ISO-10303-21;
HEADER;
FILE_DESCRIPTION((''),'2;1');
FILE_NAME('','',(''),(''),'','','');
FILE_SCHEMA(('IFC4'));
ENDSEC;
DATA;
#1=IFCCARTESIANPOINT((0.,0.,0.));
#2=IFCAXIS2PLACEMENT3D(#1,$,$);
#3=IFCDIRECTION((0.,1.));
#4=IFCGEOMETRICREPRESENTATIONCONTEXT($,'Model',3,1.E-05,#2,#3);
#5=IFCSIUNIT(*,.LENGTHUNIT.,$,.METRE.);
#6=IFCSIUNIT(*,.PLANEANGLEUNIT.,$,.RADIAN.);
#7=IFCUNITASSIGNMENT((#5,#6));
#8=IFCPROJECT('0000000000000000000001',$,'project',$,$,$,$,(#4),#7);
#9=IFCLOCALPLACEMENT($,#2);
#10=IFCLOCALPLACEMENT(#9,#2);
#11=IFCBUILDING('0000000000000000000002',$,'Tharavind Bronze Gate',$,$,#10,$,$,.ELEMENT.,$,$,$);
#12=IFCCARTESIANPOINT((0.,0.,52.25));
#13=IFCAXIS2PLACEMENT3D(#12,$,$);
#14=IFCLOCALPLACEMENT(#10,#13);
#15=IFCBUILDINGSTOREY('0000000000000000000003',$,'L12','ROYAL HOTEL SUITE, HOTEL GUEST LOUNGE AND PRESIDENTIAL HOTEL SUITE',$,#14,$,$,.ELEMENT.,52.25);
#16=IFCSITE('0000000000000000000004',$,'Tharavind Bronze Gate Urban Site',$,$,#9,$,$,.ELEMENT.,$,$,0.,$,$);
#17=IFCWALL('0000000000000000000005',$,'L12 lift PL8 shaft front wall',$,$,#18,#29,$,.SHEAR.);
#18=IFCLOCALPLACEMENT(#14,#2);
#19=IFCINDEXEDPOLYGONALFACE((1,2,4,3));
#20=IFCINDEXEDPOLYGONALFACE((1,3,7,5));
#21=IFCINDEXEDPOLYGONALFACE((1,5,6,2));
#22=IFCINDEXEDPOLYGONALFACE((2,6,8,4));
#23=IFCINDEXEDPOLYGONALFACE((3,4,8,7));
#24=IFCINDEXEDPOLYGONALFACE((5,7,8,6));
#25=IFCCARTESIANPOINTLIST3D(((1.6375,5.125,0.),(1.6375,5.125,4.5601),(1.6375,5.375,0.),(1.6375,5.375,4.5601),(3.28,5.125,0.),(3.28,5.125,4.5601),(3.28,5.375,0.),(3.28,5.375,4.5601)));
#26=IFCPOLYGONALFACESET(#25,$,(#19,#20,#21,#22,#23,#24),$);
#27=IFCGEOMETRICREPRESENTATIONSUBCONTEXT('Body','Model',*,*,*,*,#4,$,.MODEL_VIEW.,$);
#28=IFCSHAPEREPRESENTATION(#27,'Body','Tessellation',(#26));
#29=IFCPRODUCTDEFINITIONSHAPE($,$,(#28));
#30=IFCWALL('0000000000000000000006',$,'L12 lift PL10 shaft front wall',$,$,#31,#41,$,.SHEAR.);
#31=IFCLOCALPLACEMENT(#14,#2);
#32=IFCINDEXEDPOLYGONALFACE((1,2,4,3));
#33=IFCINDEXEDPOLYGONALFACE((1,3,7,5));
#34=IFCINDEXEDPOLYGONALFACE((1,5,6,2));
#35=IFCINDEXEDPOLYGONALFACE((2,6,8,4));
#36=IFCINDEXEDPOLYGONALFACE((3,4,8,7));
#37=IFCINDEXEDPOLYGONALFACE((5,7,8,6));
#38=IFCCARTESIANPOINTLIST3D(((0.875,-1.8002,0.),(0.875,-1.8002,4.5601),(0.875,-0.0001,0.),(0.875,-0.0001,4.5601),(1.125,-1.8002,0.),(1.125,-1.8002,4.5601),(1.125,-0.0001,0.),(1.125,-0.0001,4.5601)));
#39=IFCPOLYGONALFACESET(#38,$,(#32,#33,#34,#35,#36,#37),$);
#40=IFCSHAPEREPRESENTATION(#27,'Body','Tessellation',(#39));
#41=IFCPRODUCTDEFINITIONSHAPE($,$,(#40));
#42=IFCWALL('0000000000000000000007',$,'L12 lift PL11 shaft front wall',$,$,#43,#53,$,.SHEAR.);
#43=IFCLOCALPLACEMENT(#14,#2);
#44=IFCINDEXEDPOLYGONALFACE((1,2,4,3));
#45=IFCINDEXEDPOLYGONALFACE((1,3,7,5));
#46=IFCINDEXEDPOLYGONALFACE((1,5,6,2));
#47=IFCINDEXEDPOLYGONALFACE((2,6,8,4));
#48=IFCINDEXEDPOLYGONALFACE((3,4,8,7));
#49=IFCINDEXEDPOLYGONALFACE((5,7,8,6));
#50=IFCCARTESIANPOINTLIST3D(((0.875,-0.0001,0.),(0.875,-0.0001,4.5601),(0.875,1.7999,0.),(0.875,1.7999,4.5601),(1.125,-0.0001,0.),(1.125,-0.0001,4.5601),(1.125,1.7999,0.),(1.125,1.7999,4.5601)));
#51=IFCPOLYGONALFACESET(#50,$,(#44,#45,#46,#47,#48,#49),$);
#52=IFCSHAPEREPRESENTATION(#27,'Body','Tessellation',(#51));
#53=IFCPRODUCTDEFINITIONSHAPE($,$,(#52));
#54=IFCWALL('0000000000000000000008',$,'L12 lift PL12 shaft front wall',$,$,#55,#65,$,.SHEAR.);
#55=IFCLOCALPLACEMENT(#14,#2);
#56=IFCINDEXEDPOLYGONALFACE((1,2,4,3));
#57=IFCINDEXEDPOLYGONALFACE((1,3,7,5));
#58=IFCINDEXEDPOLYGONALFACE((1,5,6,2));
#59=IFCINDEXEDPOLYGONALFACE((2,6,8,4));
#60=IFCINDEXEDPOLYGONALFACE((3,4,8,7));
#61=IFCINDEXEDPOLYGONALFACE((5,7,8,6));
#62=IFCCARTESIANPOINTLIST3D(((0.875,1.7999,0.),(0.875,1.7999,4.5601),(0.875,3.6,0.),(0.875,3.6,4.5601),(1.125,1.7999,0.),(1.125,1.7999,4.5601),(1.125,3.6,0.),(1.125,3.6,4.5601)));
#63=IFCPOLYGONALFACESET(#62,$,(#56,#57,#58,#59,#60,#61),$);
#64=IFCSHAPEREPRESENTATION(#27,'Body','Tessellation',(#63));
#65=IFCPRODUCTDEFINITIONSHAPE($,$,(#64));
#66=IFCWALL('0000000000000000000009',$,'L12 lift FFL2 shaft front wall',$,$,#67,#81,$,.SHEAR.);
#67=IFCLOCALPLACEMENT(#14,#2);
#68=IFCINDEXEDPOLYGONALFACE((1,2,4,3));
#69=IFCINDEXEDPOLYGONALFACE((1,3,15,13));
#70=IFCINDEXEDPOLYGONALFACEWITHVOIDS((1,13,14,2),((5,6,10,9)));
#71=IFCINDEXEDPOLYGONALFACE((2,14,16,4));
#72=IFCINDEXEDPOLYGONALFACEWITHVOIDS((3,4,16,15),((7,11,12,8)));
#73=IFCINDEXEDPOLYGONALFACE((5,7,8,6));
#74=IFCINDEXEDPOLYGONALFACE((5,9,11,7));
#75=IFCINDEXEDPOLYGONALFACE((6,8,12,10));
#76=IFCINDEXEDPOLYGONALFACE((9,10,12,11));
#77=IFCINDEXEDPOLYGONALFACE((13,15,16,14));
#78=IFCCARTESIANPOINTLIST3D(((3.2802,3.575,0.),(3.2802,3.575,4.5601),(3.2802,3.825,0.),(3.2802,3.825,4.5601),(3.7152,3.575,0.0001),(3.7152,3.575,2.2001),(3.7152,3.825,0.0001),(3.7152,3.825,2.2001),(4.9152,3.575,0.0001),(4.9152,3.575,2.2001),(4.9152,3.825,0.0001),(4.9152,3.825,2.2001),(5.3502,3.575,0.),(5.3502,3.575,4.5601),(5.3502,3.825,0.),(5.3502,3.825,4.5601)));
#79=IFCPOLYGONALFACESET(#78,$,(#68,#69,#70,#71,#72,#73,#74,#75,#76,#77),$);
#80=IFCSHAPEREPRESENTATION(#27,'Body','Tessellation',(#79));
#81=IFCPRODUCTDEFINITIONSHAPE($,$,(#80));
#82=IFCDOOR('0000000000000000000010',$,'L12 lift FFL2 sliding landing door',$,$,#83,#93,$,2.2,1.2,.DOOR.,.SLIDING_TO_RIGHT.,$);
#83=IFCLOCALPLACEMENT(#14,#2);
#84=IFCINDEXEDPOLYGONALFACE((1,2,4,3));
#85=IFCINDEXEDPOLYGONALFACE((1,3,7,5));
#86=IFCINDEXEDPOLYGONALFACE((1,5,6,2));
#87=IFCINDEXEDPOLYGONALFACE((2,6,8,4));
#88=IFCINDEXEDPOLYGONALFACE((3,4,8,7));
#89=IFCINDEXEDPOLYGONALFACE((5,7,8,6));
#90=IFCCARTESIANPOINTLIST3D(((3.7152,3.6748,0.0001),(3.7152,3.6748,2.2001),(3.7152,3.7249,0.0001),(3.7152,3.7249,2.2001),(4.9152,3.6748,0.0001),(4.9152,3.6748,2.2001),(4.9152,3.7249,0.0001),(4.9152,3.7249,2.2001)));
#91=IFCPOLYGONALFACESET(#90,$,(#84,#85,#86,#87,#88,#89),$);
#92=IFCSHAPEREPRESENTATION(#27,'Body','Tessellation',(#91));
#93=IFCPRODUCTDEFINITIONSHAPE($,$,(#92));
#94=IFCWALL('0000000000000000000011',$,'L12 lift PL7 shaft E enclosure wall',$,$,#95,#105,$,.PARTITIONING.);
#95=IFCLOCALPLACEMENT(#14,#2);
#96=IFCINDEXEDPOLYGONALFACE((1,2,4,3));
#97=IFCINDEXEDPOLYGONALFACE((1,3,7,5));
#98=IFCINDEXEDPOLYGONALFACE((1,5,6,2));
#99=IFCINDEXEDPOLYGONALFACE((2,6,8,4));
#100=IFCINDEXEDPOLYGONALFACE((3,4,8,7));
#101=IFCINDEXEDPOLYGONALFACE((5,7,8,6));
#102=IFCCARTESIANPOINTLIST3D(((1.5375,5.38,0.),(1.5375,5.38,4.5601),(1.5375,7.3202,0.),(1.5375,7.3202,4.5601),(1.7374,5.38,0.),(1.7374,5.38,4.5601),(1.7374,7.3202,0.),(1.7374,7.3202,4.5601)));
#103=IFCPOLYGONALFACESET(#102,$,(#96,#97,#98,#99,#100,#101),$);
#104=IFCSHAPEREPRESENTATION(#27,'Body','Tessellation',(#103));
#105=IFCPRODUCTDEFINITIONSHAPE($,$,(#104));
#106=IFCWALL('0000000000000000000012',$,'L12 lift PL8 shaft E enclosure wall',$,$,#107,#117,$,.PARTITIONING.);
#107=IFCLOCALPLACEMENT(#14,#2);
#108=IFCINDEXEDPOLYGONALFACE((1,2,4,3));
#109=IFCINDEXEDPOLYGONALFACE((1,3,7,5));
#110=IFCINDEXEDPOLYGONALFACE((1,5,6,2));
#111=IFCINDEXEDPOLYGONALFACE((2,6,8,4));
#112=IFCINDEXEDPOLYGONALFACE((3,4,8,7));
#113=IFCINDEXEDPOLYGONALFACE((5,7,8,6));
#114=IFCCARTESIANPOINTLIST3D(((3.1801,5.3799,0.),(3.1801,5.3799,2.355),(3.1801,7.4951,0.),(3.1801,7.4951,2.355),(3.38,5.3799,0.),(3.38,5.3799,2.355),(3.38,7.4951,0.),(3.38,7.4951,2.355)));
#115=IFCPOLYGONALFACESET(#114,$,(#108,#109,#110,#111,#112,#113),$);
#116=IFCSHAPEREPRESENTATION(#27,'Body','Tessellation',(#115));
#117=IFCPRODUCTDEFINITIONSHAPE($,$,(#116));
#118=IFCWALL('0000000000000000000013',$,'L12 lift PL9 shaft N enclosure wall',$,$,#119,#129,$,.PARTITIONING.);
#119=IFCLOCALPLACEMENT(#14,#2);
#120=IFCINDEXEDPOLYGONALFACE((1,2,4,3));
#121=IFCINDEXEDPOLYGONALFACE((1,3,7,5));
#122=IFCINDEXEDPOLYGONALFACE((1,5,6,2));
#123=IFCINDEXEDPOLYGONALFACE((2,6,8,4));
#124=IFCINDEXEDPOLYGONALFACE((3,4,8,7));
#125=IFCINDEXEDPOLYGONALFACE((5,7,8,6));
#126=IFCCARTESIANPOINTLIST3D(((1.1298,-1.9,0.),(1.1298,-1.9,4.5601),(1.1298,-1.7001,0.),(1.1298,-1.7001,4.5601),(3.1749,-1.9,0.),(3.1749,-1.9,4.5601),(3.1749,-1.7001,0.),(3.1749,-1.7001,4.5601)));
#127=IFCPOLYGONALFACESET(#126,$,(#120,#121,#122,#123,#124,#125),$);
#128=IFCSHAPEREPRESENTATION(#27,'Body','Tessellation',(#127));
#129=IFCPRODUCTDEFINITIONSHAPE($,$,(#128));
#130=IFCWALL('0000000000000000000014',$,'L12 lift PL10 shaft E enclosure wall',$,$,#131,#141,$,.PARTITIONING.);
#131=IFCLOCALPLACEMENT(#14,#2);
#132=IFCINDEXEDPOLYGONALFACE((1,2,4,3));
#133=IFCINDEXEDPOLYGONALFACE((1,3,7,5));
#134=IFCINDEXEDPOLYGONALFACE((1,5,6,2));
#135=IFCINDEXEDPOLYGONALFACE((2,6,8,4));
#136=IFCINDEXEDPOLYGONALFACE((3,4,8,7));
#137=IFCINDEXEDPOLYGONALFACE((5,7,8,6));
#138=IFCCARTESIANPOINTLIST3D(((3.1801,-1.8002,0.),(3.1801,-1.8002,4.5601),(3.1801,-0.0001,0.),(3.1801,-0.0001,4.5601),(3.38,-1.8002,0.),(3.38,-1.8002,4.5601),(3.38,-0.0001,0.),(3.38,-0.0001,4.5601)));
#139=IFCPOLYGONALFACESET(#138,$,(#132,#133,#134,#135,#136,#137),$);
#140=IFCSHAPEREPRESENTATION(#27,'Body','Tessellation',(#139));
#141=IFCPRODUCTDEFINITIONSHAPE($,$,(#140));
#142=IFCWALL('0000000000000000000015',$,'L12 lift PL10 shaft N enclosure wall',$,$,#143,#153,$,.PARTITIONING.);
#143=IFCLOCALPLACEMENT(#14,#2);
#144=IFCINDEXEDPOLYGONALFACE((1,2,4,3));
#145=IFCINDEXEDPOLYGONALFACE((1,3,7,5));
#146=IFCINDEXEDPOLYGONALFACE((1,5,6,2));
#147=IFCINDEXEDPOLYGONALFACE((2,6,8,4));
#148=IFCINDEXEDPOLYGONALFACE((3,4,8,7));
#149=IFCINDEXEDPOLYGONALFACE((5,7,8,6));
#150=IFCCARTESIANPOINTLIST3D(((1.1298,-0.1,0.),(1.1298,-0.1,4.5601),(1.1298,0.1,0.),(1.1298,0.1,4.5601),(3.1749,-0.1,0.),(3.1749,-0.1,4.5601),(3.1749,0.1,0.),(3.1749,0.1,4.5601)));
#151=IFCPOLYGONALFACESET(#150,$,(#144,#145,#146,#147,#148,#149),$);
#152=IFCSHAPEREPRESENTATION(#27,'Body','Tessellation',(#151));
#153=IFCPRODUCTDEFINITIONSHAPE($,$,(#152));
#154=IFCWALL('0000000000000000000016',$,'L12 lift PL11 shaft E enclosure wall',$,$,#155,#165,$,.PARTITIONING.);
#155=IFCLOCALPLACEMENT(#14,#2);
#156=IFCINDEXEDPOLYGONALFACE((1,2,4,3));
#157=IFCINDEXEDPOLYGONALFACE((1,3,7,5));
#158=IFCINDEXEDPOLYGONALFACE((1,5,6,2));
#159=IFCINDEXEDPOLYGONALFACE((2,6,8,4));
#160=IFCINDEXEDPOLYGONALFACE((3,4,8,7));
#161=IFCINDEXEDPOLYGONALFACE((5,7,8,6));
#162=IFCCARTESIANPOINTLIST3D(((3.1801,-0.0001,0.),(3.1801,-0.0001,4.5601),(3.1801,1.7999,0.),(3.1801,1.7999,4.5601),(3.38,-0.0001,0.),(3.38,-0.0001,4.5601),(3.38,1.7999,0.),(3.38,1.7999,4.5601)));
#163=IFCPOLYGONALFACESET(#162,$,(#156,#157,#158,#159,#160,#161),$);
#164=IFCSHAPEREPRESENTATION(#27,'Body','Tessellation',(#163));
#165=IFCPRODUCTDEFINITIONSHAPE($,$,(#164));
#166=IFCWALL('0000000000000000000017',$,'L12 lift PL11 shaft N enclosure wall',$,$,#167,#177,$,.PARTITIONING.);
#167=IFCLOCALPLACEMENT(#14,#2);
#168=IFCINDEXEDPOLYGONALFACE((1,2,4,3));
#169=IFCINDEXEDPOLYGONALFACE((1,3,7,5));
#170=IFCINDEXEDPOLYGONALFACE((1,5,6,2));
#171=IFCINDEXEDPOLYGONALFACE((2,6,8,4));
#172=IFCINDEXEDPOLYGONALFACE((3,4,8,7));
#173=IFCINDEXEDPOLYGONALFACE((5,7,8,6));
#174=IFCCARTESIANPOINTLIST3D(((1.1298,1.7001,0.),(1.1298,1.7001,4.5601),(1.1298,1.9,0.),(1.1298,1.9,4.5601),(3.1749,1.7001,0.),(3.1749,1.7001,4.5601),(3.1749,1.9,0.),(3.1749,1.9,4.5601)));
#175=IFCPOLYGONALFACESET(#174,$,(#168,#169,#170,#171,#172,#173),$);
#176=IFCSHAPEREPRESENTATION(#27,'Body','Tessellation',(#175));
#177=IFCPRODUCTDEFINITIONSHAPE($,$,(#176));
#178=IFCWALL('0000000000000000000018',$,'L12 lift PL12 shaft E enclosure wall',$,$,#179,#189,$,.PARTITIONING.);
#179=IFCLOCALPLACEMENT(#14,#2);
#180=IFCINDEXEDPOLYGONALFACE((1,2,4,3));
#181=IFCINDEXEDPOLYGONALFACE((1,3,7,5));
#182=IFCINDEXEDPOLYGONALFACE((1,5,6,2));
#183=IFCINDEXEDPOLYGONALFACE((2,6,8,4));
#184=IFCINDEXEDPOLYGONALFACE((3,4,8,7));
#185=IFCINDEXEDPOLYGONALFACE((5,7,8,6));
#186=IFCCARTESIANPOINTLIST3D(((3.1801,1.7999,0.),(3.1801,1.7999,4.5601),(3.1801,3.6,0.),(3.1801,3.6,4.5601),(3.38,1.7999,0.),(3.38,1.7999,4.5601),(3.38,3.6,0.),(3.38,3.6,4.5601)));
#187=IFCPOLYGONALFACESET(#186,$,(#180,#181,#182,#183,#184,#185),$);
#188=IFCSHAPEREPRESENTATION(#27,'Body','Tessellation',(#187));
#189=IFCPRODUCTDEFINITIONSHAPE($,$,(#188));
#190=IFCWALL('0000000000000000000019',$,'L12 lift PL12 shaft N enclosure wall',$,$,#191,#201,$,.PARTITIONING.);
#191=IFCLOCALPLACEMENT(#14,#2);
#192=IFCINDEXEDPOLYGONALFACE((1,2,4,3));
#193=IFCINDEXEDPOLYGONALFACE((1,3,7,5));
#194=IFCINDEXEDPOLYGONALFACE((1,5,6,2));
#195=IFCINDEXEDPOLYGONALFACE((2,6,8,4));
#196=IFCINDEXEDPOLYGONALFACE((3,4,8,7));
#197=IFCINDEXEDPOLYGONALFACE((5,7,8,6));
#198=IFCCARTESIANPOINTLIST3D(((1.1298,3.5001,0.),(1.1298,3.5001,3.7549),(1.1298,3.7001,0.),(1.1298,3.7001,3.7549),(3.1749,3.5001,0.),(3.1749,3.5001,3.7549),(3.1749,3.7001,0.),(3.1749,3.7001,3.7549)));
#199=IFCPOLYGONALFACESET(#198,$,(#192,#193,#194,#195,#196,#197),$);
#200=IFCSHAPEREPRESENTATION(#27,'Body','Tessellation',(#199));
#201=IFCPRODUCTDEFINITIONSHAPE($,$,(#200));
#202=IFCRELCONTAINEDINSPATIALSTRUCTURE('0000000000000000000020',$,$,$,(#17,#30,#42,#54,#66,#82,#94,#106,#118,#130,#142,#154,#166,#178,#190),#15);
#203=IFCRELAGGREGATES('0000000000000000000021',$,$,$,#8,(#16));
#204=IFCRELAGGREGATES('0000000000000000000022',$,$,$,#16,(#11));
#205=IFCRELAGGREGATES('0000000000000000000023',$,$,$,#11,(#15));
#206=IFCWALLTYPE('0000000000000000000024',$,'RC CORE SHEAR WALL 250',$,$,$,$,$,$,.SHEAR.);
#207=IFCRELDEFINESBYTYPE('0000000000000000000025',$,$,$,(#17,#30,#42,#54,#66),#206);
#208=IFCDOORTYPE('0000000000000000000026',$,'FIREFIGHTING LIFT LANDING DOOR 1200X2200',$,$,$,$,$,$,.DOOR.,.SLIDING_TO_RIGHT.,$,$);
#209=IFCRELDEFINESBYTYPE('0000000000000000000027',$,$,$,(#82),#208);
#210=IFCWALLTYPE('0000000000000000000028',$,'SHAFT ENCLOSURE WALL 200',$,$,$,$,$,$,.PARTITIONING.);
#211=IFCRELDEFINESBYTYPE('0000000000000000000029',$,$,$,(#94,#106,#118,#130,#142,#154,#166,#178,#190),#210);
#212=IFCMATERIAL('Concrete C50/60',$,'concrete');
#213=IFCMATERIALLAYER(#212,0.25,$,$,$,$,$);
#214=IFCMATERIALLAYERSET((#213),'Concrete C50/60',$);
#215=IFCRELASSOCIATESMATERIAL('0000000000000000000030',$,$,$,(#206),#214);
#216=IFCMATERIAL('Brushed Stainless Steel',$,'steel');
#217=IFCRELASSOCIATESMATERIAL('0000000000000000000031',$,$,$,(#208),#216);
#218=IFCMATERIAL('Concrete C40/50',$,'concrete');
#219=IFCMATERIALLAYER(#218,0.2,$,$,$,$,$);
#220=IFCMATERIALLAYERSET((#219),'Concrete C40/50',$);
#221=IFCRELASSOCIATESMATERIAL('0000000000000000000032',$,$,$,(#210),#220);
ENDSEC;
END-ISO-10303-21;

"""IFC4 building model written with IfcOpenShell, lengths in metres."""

from ifc_helpers import new_model, si_unit, direction, frame, frame_2d, origin, place, context, subcontext, project, spatial, rectangle, extrude, material, layer, layer_set, type_object, element, fill, save


model = new_model("IFC4")

# Units and contexts
model_context = context("Model", 3, precision=1e-05, world=origin(), true_north=direction((0.0, 1.0)))
body_context = subcontext(model_context, "Body", "Model", "MODEL_VIEW")
ifc_project = project(units=[si_unit("LENGTHUNIT", "METRE"), si_unit("PLANEANGLEUNIT", "RADIAN")], contexts=[model_context])

# Site, building, storey
site_placement = place(None, origin())
site = spatial("IfcSite", under=ifc_project, at=site_placement, Name="Tharavind Bronze Gate Urban Site", CompositionType="ELEMENT", RefElevation=0.0)
building_placement = place(site_placement, origin())
building = spatial("IfcBuilding", under=site, at=building_placement, Name="Tharavind Bronze Gate", CompositionType="ELEMENT")
storey_placement = place(building_placement, frame((0.0, 0.0, 52.25)))
storey = spatial("IfcBuildingStorey", under=building, at=storey_placement, Name="L12", Description="ROYAL HOTEL SUITE, HOTEL GUEST LOUNGE AND PRESIDENTIAL HOTEL SUITE", CompositionType="ELEMENT", Elevation=52.25)

# Walls
ifc_material_1 = material(Name="Concrete C50/60", Category="concrete")
ifc_layer_1 = layer(ifc_material_1, 0.25)
ifc_layer_set_1 = layer_set([ifc_layer_1], Name="Concrete C50/60")
wall_type_1 = type_object("IfcWallType", Name="RC CORE SHEAR WALL 250", PredefinedType="SHEAR", material=ifc_layer_set_1)
wall_1_placement = place(storey_placement, frame((1.6375, 5.25, 0.0), z_axis=(0.0, 0.0, 1.0), x_axis=(1.0, 0.0, 0.0)))
element("IfcWall", 1, at=wall_1_placement, inside=storey, type_object=wall_type_1, Name="L12 lift PL8 shaft front wall", PredefinedType="SHEAR", context=body_context, shape_type="SweptSolid", body=[
    extrude(rectangle(XDim=1.6426, YDim=0.25, at=frame_2d((0.8213, 0.0))), origin(), (0.0, 0.0, 1.0), 4.5601),
])
for number, where, z_axis, x_axis, name in (
    (2, (1.0, -1.8, 0.0), (0.0, 0.0, 1.0), (0.0, 1.0, 0.0), "L12 lift PL10 shaft front wall"),
    (3, (1.0, 0.0, 0.0), (0.0, 0.0, 1.0), (0.0, 1.0, 0.0), "L12 lift PL11 shaft front wall"),
    (4, (1.0, 1.8, 0.0), (0.0, 0.0, 1.0), (0.0, 1.0, 0.0), "L12 lift PL12 shaft front wall"),
):
    element("IfcWall", number, at=place(storey_placement, frame(where, z_axis=z_axis, x_axis=x_axis)), inside=storey, type_object=wall_type_1, Name=name, PredefinedType="SHEAR", context=body_context, shape_type="SweptSolid", body=[
        extrude(rectangle(XDim=1.8, YDim=0.25, at=frame_2d((0.8999, 0.0))), origin(), (0.0, 0.0, 1.0), 4.5601),
    ])

# Wall, opening, door
wall_2_placement = place(storey_placement, frame((3.28, 3.7, 0.0), z_axis=(0.0, 0.0, 1.0), x_axis=(1.0, 0.0, 0.0)))
wall_2 = element("IfcWall", 5, at=wall_2_placement, inside=storey, type_object=wall_type_1, Name="L12 lift FFL2 shaft front wall", PredefinedType="SHEAR", context=body_context, shape_type="SweptSolid", body=[
    extrude(rectangle(XDim=2.0701, YDim=0.25, at=frame_2d((1.0352, 0.0))), origin(), (0.0, 0.0, 1.0), 4.5601),
])
opening_placement = place(wall_2_placement, frame((0.4351, 0.0, 0.0)))
opening = element("IfcOpeningElement", 6, at=opening_placement, cuts=wall_2, PredefinedType="OPENING", context=body_context, shape_type="SweptSolid", body=[
    extrude(rectangle(XDim=1.2, YDim=2.2, at=frame_2d((0.6001, 1.1001))), frame((0.0, 0.135, 0.0), z_axis=(0.0, -1.0, 0.0), x_axis=(1.0, 0.0, 0.0)), (0.0, 0.0, 1.0), 0.27),
])
ifc_material_2 = material(Name="Brushed Stainless Steel", Category="steel")
door_type = type_object("IfcDoorType", Name="FIREFIGHTING LIFT LANDING DOOR 1200X2200", OperationType="SLIDING_TO_RIGHT", PredefinedType="DOOR", material=ifc_material_2)
door_placement = place(opening_placement, origin())
door = element("IfcDoor", 7, at=door_placement, inside=storey, type_object=door_type, Name="L12 lift FFL2 sliding landing door", OperationType="SLIDING_TO_RIGHT", OverallHeight=2.2, OverallWidth=1.2, PredefinedType="DOOR", context=body_context, shape_type="SweptSolid", body=[
    extrude(rectangle(XDim=1.2, YDim=2.2, at=frame_2d((0.6001, 1.1001))), frame((0.0, 0.0249, 0.0), z_axis=(0.0, -1.0, 0.0), x_axis=(1.0, 0.0, 0.0)), (0.0, 0.0, 1.0), 0.05),
])
fill(opening, door)

# Walls
ifc_material_3 = material(Name="Concrete C40/50", Category="concrete")
ifc_layer_2 = layer(ifc_material_3, 0.2)
ifc_layer_set_2 = layer_set([ifc_layer_2], Name="Concrete C40/50")
wall_type_2 = type_object("IfcWallType", Name="SHAFT ENCLOSURE WALL 200", PredefinedType="PARTITIONING", material=ifc_layer_set_2)
wall_3_placement = place(storey_placement, frame((1.6375, 5.3799, 0.0), z_axis=(0.0, 0.0, 1.0), x_axis=(0.0, 1.0, 0.0)))
element("IfcWall", 8, at=wall_3_placement, inside=storey, type_object=wall_type_2, Name="L12 lift PL7 shaft E enclosure wall", PredefinedType="PARTITIONING", context=body_context, shape_type="SweptSolid", body=[
    extrude(rectangle(XDim=1.9402, YDim=0.2, at=frame_2d((0.9702, 0.0))), origin(), (0.0, 0.0, 1.0), 4.5601),
])
wall_4_placement = place(storey_placement, frame((3.28, 5.3799, 0.0), z_axis=(0.0, 0.0, 1.0), x_axis=(0.0, 1.0, 0.0)))
element("IfcWall", 9, at=wall_4_placement, inside=storey, type_object=wall_type_2, Name="L12 lift PL8 shaft E enclosure wall", PredefinedType="PARTITIONING", context=body_context, shape_type="SweptSolid", body=[
    extrude(rectangle(XDim=2.1152, YDim=0.2, at=frame_2d((1.0576, 0.0))), origin(), (0.0, 0.0, 1.0), 2.355),
])
wall_5_placement = place(storey_placement, frame((1.1299, -1.8, 0.0), z_axis=(0.0, 0.0, 1.0), x_axis=(1.0, 0.0, 0.0)))
element("IfcWall", 10, at=wall_5_placement, inside=storey, type_object=wall_type_2, Name="L12 lift PL9 shaft N enclosure wall", PredefinedType="PARTITIONING", context=body_context, shape_type="SweptSolid", body=[
    extrude(rectangle(XDim=2.0452, YDim=0.2, at=frame_2d((1.0225, 0.0))), origin(), (0.0, 0.0, 1.0), 4.5601),
])
wall_6_placement = place(storey_placement, frame((3.28, -1.8, 0.0), z_axis=(0.0, 0.0, 1.0), x_axis=(0.0, 1.0, 0.0)))
element("IfcWall", 11, at=wall_6_placement, inside=storey, type_object=wall_type_2, Name="L12 lift PL10 shaft E enclosure wall", PredefinedType="PARTITIONING", context=body_context, shape_type="SweptSolid", body=[
    extrude(rectangle(XDim=1.8, YDim=0.2, at=frame_2d((0.8999, 0.0))), origin(), (0.0, 0.0, 1.0), 4.5601),
])
wall_7_placement = place(storey_placement, frame((1.1299, 0.0, 0.0), z_axis=(0.0, 0.0, 1.0), x_axis=(1.0, 0.0, 0.0)))
element("IfcWall", 12, at=wall_7_placement, inside=storey, type_object=wall_type_2, Name="L12 lift PL10 shaft N enclosure wall", PredefinedType="PARTITIONING", context=body_context, shape_type="SweptSolid", body=[
    extrude(rectangle(XDim=2.0452, YDim=0.2, at=frame_2d((1.0225, 0.0))), origin(), (0.0, 0.0, 1.0), 4.5601),
])
wall_8_placement = place(storey_placement, frame((3.28, 0.0, 0.0), z_axis=(0.0, 0.0, 1.0), x_axis=(0.0, 1.0, 0.0)))
element("IfcWall", 13, at=wall_8_placement, inside=storey, type_object=wall_type_2, Name="L12 lift PL11 shaft E enclosure wall", PredefinedType="PARTITIONING", context=body_context, shape_type="SweptSolid", body=[
    extrude(rectangle(XDim=1.8, YDim=0.2, at=frame_2d((0.8999, 0.0))), origin(), (0.0, 0.0, 1.0), 4.5601),
])
wall_9_placement = place(storey_placement, frame((1.1299, 1.8, 0.0), z_axis=(0.0, 0.0, 1.0), x_axis=(1.0, 0.0, 0.0)))
element("IfcWall", 14, at=wall_9_placement, inside=storey, type_object=wall_type_2, Name="L12 lift PL11 shaft N enclosure wall", PredefinedType="PARTITIONING", context=body_context, shape_type="SweptSolid", body=[
    extrude(rectangle(XDim=2.0452, YDim=0.2, at=frame_2d((1.0225, 0.0))), origin(), (0.0, 0.0, 1.0), 4.5601),
])
wall_10_placement = place(storey_placement, frame((3.28, 1.8, 0.0), z_axis=(0.0, 0.0, 1.0), x_axis=(0.0, 1.0, 0.0)))
element("IfcWall", 15, at=wall_10_placement, inside=storey, type_object=wall_type_2, Name="L12 lift PL12 shaft E enclosure wall", PredefinedType="PARTITIONING", context=body_context, shape_type="SweptSolid", body=[
    extrude(rectangle(XDim=1.8, YDim=0.2, at=frame_2d((0.8999, 0.0))), origin(), (0.0, 0.0, 1.0), 4.5601),
])
wall_11_placement = place(storey_placement, frame((1.1299, 3.6001, 0.0), z_axis=(0.0, 0.0, 1.0), x_axis=(1.0, 0.0, 0.0)))
element("IfcWall", 16, at=wall_11_placement, inside=storey, type_object=wall_type_2, Name="L12 lift PL12 shaft N enclosure wall", PredefinedType="PARTITIONING", context=body_context, shape_type="SweptSolid", body=[
    extrude(rectangle(XDim=2.0452, YDim=0.2, at=frame_2d((1.0225, 0.0))), origin(), (0.0, 0.0, 1.0), 3.7549),
])

save(model, "model.ifc")
